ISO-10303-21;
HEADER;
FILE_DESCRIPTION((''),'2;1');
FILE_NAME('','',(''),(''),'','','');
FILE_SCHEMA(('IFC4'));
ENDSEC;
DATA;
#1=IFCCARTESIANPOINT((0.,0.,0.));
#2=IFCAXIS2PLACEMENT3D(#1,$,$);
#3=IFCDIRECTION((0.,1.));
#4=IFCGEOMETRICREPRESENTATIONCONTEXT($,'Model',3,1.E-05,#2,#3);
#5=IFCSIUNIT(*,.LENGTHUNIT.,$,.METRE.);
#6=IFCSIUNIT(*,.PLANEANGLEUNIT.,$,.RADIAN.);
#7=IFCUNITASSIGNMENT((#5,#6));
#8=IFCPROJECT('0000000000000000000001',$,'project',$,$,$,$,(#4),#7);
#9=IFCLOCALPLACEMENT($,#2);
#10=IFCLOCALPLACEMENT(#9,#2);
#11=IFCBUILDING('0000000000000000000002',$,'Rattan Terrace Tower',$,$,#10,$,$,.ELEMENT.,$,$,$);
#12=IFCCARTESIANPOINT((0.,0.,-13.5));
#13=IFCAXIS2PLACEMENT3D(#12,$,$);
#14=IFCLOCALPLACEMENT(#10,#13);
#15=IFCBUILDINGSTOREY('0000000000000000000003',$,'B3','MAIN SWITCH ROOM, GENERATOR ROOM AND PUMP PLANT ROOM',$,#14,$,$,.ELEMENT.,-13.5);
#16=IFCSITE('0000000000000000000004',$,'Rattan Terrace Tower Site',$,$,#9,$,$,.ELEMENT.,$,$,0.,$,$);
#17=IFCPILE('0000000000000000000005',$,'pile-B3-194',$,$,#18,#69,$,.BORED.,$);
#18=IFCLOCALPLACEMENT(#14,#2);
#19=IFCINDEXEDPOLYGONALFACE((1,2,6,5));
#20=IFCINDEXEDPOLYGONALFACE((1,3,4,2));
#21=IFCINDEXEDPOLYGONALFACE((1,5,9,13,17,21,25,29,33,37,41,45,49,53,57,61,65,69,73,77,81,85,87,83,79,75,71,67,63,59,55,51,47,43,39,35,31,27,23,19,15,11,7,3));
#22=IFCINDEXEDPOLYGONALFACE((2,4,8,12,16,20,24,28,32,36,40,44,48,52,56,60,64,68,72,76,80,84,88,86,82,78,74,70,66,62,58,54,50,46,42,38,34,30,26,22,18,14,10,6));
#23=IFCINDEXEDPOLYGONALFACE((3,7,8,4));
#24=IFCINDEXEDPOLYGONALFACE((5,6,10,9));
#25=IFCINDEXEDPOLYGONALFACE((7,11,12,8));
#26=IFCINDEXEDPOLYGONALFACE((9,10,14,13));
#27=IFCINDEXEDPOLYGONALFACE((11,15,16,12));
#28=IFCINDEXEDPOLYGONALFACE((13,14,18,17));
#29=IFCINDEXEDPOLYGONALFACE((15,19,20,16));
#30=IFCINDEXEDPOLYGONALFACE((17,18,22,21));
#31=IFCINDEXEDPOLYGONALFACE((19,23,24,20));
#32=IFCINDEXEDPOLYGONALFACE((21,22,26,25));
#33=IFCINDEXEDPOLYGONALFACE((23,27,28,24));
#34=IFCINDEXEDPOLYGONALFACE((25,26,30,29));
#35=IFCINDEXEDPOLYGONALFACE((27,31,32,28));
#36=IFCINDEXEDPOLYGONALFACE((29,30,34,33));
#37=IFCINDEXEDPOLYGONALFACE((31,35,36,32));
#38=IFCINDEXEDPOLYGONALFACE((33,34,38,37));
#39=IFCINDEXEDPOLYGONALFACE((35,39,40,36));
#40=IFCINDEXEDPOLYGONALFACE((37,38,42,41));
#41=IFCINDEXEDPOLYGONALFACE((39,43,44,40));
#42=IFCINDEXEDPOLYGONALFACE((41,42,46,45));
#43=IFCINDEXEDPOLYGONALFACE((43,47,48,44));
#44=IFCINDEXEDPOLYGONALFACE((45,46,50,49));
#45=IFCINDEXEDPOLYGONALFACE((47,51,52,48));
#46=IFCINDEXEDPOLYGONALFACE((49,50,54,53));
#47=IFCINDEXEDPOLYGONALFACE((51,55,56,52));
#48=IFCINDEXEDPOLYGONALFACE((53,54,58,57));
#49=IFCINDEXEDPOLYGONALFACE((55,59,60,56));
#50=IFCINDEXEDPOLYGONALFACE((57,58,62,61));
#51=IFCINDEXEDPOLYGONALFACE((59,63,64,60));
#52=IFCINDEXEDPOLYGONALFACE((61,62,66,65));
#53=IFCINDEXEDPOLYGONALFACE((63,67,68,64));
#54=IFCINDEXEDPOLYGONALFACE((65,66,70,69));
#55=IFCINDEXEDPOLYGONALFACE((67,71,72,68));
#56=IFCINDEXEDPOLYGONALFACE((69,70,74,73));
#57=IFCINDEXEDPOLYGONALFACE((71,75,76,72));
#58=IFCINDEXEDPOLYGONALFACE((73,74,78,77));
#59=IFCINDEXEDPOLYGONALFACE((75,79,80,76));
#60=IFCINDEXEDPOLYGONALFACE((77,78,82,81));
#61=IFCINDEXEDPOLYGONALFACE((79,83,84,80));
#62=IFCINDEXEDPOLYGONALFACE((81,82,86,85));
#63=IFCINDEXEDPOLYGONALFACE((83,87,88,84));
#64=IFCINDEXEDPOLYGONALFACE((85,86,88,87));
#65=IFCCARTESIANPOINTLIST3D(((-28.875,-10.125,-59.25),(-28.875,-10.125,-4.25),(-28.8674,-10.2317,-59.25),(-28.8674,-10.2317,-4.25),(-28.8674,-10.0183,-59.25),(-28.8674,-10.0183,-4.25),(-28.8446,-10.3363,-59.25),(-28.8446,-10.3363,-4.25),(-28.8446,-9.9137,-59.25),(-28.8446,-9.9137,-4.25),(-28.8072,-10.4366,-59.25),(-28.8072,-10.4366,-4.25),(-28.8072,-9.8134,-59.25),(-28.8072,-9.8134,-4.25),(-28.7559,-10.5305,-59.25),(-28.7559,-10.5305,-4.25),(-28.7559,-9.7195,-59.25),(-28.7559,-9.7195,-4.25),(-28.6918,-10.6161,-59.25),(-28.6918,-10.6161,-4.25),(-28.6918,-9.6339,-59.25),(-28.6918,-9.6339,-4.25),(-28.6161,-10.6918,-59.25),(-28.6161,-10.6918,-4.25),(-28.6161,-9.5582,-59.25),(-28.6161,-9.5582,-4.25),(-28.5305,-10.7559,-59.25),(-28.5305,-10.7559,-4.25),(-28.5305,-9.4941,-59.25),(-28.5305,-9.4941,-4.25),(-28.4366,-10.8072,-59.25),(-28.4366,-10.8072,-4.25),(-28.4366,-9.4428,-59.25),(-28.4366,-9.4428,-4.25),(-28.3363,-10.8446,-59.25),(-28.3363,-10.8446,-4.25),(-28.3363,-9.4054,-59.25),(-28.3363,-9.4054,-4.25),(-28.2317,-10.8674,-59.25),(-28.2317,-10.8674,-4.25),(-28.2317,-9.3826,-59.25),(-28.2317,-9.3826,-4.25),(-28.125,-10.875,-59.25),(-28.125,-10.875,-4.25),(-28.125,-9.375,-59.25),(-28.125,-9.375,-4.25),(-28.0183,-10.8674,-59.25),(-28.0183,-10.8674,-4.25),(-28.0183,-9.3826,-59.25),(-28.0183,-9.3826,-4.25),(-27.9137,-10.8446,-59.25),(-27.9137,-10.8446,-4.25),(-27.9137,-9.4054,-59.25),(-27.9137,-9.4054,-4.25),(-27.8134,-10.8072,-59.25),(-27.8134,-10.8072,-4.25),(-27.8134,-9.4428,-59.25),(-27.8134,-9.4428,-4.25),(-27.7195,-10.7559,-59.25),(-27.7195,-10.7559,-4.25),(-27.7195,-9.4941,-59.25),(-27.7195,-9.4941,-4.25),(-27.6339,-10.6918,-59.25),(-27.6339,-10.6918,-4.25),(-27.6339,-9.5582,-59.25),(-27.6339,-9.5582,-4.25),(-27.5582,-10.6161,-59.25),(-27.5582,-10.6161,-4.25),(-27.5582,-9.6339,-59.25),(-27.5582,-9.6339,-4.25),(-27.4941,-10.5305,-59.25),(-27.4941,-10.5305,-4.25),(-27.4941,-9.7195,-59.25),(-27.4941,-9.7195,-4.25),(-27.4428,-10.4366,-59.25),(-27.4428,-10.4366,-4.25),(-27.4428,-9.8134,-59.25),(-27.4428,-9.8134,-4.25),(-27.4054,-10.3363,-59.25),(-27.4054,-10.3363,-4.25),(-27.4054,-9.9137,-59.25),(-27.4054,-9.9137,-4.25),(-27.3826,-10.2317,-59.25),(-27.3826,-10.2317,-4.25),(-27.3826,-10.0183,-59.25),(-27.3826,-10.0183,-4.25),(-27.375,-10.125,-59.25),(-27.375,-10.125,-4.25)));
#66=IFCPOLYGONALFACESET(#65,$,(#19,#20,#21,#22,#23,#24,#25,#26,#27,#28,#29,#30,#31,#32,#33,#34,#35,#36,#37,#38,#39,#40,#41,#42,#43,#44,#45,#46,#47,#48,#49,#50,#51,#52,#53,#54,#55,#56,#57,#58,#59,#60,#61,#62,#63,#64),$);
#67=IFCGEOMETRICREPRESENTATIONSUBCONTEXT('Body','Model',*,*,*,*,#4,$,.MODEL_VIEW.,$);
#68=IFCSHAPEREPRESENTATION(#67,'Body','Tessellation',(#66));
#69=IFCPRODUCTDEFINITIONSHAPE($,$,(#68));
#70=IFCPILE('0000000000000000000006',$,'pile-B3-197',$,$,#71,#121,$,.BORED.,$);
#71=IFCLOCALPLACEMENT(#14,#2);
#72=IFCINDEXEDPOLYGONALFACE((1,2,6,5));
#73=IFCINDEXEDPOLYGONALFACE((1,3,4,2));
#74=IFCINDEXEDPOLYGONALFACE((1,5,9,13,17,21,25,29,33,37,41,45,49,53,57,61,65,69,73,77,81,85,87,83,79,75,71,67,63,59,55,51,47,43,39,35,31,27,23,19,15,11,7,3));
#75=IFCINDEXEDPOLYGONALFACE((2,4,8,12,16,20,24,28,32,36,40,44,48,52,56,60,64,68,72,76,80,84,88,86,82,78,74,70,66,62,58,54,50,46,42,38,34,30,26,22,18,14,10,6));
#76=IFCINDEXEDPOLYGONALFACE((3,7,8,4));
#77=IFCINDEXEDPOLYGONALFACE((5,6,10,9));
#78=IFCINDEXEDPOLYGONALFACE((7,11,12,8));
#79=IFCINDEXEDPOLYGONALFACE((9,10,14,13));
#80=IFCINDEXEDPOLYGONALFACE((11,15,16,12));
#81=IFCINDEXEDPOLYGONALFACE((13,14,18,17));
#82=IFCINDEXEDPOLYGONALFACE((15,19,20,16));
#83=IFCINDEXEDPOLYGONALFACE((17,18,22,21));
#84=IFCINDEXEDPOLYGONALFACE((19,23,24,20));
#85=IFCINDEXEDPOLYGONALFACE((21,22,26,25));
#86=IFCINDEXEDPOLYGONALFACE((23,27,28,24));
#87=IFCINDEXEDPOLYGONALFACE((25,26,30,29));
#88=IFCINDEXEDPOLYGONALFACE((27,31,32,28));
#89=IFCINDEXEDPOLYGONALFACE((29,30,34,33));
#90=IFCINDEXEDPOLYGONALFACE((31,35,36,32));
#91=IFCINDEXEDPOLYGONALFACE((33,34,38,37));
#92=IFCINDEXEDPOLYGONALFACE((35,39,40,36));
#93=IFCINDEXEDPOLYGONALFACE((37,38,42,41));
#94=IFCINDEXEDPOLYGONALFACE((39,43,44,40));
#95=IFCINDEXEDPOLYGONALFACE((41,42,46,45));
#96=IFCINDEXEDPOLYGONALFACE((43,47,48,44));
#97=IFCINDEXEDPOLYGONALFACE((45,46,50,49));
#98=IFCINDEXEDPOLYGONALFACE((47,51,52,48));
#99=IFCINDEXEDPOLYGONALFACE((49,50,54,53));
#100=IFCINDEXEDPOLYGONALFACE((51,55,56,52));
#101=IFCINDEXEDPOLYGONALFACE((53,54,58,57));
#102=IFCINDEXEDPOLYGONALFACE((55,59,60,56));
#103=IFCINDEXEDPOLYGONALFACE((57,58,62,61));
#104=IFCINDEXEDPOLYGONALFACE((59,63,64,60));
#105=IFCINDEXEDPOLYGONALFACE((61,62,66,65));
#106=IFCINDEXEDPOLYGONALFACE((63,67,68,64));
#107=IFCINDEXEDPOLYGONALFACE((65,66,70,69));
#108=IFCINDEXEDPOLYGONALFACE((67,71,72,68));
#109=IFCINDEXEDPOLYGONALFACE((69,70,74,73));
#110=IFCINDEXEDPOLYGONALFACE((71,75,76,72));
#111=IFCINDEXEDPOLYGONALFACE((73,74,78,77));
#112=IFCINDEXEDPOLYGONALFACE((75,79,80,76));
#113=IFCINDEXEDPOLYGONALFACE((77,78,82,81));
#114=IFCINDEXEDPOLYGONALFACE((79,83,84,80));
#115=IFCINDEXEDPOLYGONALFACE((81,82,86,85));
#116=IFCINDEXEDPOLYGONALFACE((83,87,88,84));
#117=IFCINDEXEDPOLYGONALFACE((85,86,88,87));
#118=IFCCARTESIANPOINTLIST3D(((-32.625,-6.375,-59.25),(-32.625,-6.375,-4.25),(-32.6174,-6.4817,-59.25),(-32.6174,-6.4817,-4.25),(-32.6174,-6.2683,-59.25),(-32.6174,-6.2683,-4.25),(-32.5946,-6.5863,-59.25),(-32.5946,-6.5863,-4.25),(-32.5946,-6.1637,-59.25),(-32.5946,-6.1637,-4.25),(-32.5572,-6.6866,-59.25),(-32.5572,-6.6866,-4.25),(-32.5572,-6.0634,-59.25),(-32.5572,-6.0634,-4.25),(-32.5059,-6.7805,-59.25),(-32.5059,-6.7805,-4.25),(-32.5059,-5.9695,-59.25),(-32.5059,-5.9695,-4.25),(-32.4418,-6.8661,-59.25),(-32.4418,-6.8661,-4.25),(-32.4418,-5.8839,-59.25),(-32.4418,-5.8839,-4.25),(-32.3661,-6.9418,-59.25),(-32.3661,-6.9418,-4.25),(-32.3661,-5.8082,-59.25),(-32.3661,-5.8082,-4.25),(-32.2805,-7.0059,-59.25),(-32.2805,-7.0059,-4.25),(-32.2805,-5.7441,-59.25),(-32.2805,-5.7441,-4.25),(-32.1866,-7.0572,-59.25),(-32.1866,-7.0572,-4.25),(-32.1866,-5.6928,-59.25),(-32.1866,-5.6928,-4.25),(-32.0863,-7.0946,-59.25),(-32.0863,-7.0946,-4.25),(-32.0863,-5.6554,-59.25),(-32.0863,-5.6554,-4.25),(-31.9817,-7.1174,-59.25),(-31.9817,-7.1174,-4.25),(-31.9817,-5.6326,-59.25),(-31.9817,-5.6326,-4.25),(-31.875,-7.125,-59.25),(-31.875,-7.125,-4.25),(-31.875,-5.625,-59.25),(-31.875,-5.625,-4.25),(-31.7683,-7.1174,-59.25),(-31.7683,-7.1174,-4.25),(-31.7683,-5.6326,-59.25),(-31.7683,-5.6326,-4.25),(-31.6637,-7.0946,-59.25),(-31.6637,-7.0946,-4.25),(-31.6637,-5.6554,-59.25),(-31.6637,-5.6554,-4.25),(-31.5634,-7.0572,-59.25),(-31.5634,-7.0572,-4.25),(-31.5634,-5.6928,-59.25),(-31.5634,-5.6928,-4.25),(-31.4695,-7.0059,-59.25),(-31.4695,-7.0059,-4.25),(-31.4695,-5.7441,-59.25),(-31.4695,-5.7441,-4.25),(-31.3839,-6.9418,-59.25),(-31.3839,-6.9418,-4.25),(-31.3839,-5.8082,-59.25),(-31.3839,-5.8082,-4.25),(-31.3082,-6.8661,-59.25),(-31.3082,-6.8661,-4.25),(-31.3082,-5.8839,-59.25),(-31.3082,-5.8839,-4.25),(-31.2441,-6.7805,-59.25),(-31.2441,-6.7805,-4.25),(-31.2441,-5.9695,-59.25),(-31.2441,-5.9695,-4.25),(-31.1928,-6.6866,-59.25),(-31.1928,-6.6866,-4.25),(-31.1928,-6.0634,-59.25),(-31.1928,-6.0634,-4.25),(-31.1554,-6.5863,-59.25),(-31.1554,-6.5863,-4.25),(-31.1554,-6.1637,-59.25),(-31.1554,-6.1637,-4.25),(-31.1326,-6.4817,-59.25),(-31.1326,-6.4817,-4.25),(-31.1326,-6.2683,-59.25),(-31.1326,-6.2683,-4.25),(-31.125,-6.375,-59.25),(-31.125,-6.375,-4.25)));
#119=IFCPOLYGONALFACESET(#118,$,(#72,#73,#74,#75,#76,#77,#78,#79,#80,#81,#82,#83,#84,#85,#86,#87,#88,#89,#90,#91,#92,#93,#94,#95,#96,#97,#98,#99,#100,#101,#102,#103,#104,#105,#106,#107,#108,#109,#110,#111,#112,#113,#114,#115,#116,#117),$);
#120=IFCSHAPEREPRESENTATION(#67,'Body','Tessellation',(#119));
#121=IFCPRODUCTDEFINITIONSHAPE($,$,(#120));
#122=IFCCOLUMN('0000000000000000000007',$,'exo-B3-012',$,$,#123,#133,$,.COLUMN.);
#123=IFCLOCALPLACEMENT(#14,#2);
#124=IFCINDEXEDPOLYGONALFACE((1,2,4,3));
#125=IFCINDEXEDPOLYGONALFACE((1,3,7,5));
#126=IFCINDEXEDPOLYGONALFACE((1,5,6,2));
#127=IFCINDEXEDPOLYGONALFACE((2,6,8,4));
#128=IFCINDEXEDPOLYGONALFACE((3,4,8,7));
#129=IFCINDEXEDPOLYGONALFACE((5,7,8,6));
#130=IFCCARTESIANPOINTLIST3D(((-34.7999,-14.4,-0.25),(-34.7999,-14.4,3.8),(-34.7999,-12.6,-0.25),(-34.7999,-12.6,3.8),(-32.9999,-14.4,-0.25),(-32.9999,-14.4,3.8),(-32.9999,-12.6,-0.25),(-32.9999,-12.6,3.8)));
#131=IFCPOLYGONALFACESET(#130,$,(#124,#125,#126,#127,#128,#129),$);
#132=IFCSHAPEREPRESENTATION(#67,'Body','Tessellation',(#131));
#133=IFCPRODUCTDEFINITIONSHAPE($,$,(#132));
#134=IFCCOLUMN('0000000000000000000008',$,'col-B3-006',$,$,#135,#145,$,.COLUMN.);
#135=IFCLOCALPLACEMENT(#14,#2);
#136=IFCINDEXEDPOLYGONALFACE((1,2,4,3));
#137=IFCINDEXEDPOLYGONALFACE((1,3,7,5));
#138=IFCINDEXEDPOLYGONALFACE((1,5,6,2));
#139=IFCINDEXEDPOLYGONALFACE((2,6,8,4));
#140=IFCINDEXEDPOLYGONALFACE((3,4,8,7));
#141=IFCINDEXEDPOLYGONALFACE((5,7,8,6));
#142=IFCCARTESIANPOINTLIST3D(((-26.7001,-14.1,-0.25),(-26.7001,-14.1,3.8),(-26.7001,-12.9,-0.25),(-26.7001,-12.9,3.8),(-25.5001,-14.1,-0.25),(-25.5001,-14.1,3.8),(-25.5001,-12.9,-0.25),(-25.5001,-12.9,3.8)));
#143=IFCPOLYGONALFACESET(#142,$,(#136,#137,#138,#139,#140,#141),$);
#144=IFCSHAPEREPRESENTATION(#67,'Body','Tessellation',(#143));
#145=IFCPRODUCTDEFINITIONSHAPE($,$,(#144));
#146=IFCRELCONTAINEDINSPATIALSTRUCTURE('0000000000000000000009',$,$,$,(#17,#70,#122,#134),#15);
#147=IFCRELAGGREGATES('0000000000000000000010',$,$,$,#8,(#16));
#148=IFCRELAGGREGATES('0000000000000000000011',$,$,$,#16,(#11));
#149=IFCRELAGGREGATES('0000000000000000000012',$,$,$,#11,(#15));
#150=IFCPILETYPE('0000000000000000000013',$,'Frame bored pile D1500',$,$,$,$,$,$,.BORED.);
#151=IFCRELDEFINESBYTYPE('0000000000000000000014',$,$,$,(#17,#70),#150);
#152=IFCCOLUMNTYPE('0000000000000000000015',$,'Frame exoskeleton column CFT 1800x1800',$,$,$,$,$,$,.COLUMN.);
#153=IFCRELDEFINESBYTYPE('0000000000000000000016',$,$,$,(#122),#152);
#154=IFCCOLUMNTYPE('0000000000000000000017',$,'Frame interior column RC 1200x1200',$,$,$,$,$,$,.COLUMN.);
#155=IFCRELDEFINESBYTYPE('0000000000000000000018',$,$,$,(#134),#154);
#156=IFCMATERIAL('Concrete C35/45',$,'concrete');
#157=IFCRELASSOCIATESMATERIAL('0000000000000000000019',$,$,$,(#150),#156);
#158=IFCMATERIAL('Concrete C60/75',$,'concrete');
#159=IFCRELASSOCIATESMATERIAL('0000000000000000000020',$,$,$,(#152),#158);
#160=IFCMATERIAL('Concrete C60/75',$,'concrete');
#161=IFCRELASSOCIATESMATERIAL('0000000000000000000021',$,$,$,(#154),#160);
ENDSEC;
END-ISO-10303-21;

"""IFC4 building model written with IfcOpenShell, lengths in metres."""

from ifc_helpers import new_model, si_unit, direction, frame, origin, origin_2d, place, context, subcontext, project, spatial, rectangle, circle, extrude, material, material_profile, profile_set, type_object, element, save


model = new_model("IFC4")

# Units and contexts
model_context = context("Model", 3, precision=1e-05, world=origin(), true_north=direction((0.0, 1.0)))
body_context = subcontext(model_context, "Body", "Model", "MODEL_VIEW")
ifc_project = project(units=[si_unit("LENGTHUNIT", "METRE"), si_unit("PLANEANGLEUNIT", "RADIAN")], contexts=[model_context])

# Site, building, storey
site_placement = place(None, origin())
site = spatial("IfcSite", under=ifc_project, at=site_placement, Name="Rattan Terrace Tower Site", CompositionType="ELEMENT", RefElevation=0.0)
building_placement = place(site_placement, origin())
building = spatial("IfcBuilding", under=site, at=building_placement, Name="Rattan Terrace Tower", CompositionType="ELEMENT")
storey_placement = place(building_placement, frame((0.0, 0.0, -13.5)))
storey = spatial("IfcBuildingStorey", under=building, at=storey_placement, Name="B3", Description="MAIN SWITCH ROOM, GENERATOR ROOM AND PUMP PLANT ROOM", CompositionType="ELEMENT", Elevation=-13.5)

# Piles
ifc_material_1 = material(Name="Concrete C35/45", Category="concrete")
ifc_material_profile_1 = material_profile(ifc_material_1, circle(Radius=0.75, at=origin_2d()), Name="PILE D1500")
ifc_profile_set_1 = profile_set([ifc_material_profile_1], Name="Concrete C35/45")
pile_type = type_object("IfcPileType", Name="Frame bored pile D1500", PredefinedType="BORED", material=ifc_profile_set_1)
for number, where, z_axis, x_axis, name in (
    (1, (-28.125, -10.125, -4.25), (0.0, 0.0, -1.0), (1.0, 0.0, 0.0), "pile-B3-194"),
    (2, (-31.875, -6.375, -4.25), (0.0, 0.0, -1.0), (1.0, 0.0, 0.0), "pile-B3-197"),
):
    element("IfcPile", number, at=place(storey_placement, frame(where, z_axis=z_axis, x_axis=x_axis)), inside=storey, type_object=pile_type, Name=name, PredefinedType="BORED", context=body_context, shape_type="SweptSolid", body=[
        extrude(circle(Radius=0.75, at=origin_2d()), origin(), (0.0, 0.0, 1.0), 55.0),
    ])

# Columns
ifc_material_2 = material(Name="Concrete C60/75", Category="concrete")
ifc_material_profile_2 = material_profile(ifc_material_2, rectangle(XDim=1.8, YDim=1.8, at=origin_2d()), Name="CFT 1800x1800")
ifc_profile_set_2 = profile_set([ifc_material_profile_2], Name="Concrete C60/75")
column_type_1 = type_object("IfcColumnType", Name="Frame exoskeleton column CFT 1800x1800", PredefinedType="COLUMN", material=ifc_profile_set_2)
column_1_placement = place(storey_placement, frame((-33.8999, -13.5, -0.25), z_axis=(0.0, 0.0, 1.0), x_axis=(0.0, 1.0, 0.0)))
element("IfcColumn", 3, at=column_1_placement, inside=storey, type_object=column_type_1, Name="exo-B3-012", PredefinedType="COLUMN", context=body_context, shape_type="SweptSolid", body=[
    extrude(rectangle(XDim=1.8, YDim=1.8, at=origin_2d()), origin(), (0.0, 0.0, 1.0), 4.05),
])
ifc_material_3 = material(Name="Concrete C60/75", Category="concrete")
ifc_material_profile_3 = material_profile(ifc_material_3, rectangle(XDim=1.2, YDim=1.2, at=origin_2d()), Name="RC 1200x1200")
ifc_profile_set_3 = profile_set([ifc_material_profile_3], Name="Concrete C60/75")
column_type_2 = type_object("IfcColumnType", Name="Frame interior column RC 1200x1200", PredefinedType="COLUMN", material=ifc_profile_set_3)
column_2_placement = place(storey_placement, frame((-26.1001, -13.5, -0.25), z_axis=(0.0, 0.0, 1.0), x_axis=(1.0, 0.0, 0.0)))
element("IfcColumn", 4, at=column_2_placement, inside=storey, type_object=column_type_2, Name="col-B3-006", PredefinedType="COLUMN", context=body_context, shape_type="SweptSolid", body=[
    extrude(rectangle(XDim=1.2, YDim=1.2, at=origin_2d()), origin(), (0.0, 0.0, 1.0), 4.05),
])

save(model, "model.ifc")
